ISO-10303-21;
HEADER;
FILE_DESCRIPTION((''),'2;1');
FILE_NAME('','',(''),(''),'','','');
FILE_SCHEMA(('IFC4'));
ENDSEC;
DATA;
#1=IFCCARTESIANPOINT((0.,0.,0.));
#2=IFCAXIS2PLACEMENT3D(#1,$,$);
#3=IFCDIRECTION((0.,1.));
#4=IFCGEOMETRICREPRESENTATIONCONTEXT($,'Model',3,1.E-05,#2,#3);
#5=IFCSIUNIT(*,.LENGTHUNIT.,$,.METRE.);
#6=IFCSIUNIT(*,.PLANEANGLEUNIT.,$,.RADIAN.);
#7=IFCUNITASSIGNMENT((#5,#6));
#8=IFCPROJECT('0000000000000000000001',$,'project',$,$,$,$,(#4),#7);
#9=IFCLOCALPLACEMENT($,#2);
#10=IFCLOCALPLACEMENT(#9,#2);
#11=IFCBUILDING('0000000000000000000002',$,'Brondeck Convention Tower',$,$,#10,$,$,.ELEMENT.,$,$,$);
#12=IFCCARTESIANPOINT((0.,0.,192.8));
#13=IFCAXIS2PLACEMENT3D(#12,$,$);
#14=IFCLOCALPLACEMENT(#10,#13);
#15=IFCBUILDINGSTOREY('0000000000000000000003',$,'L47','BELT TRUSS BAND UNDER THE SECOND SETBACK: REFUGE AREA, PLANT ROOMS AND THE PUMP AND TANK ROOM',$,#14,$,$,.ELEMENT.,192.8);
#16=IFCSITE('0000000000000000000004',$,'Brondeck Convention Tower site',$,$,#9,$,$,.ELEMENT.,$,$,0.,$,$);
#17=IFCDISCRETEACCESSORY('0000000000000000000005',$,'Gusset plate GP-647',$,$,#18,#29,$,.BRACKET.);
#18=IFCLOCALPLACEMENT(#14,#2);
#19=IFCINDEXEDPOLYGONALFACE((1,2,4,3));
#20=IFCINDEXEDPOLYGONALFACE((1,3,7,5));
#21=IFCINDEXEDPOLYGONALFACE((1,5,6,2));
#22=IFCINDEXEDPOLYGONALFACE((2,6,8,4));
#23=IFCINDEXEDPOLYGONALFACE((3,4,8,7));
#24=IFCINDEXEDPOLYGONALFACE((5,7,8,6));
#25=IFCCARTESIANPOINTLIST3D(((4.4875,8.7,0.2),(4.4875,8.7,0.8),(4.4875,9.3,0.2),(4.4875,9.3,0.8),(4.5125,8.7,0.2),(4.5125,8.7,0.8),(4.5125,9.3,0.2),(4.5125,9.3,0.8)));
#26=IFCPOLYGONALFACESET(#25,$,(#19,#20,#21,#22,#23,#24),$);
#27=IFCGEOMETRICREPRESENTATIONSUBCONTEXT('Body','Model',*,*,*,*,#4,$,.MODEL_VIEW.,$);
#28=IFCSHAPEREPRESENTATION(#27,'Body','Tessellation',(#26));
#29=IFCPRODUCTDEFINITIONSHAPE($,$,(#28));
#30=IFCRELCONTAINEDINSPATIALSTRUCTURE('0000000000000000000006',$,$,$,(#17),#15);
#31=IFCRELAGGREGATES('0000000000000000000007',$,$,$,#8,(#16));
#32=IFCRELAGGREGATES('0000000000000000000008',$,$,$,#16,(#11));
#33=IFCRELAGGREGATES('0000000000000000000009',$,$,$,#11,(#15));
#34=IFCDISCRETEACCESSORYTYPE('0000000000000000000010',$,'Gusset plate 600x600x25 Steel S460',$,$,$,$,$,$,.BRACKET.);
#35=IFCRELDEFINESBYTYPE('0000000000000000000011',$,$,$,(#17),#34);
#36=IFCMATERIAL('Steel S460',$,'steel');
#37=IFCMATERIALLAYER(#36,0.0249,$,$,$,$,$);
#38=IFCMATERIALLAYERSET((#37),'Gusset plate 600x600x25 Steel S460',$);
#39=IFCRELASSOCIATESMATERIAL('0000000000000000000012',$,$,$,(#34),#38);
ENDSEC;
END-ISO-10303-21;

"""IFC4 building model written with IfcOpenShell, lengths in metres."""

from ifc_helpers import new_model, si_unit, direction, frame, origin, origin_2d, place, context, subcontext, project, spatial, rectangle, extrude, material, layer, layer_set, type_object, element, save


model = new_model("IFC4")

# Units and contexts
model_context = context("Model", 3, precision=1e-05, world=origin(), true_north=direction((0.0, 1.0)))
body_context = subcontext(model_context, "Body", "Model", "MODEL_VIEW")
ifc_project = project(units=[si_unit("LENGTHUNIT", "METRE"), si_unit("PLANEANGLEUNIT", "RADIAN")], contexts=[model_context])

# Site, building, storey
site_placement = place(None, origin())
site = spatial("IfcSite", under=ifc_project, at=site_placement, Name="Brondeck Convention Tower site", CompositionType="ELEMENT", RefElevation=0.0)
building_placement = place(site_placement, origin())
building = spatial("IfcBuilding", under=site, at=building_placement, Name="Brondeck Convention Tower", CompositionType="ELEMENT")
storey_placement = place(building_placement, frame((0.0, 0.0, 192.8)))
storey = spatial("IfcBuildingStorey", under=building, at=storey_placement, Name="L47", Description="BELT TRUSS BAND UNDER THE SECOND SETBACK: REFUGE AREA, PLANT ROOMS AND THE PUMP AND TANK ROOM", CompositionType="ELEMENT", Elevation=192.8)

# Shared definitions
ifc_material_1 = material(Name="Steel S460", Category="steel")

# Discrete accessory
ifc_layer_1 = layer(ifc_material_1, 0.0249)
ifc_layer_set_1 = layer_set([ifc_layer_1], Name="Gusset plate 600x600x25 Steel S460")
discrete_accessory_type = type_object("IfcDiscreteAccessoryType", Name="Gusset plate 600x600x25 Steel S460", PredefinedType="BRACKET", material=ifc_layer_set_1)
for number, where, z_axis, x_axis, name in (
    (1, (4.5, 9.0, 0.2), (0.0, 0.0, 1.0), (0.0, 1.0, 0.0), "Gusset plate GP-647"),
):
    element("IfcDiscreteAccessory", number, at=place(storey_placement, frame(where, z_axis=z_axis, x_axis=x_axis)), inside=storey, type_object=discrete_accessory_type, Name=name, PredefinedType="BRACKET", context=body_context, shape_type="SweptSolid", body=[
        extrude(rectangle(XDim=0.6001, YDim=0.0249, at=origin_2d()), origin(), (0.0, 0.0, 1.0), 0.6001),
    ])

save(model, "model.ifc")
